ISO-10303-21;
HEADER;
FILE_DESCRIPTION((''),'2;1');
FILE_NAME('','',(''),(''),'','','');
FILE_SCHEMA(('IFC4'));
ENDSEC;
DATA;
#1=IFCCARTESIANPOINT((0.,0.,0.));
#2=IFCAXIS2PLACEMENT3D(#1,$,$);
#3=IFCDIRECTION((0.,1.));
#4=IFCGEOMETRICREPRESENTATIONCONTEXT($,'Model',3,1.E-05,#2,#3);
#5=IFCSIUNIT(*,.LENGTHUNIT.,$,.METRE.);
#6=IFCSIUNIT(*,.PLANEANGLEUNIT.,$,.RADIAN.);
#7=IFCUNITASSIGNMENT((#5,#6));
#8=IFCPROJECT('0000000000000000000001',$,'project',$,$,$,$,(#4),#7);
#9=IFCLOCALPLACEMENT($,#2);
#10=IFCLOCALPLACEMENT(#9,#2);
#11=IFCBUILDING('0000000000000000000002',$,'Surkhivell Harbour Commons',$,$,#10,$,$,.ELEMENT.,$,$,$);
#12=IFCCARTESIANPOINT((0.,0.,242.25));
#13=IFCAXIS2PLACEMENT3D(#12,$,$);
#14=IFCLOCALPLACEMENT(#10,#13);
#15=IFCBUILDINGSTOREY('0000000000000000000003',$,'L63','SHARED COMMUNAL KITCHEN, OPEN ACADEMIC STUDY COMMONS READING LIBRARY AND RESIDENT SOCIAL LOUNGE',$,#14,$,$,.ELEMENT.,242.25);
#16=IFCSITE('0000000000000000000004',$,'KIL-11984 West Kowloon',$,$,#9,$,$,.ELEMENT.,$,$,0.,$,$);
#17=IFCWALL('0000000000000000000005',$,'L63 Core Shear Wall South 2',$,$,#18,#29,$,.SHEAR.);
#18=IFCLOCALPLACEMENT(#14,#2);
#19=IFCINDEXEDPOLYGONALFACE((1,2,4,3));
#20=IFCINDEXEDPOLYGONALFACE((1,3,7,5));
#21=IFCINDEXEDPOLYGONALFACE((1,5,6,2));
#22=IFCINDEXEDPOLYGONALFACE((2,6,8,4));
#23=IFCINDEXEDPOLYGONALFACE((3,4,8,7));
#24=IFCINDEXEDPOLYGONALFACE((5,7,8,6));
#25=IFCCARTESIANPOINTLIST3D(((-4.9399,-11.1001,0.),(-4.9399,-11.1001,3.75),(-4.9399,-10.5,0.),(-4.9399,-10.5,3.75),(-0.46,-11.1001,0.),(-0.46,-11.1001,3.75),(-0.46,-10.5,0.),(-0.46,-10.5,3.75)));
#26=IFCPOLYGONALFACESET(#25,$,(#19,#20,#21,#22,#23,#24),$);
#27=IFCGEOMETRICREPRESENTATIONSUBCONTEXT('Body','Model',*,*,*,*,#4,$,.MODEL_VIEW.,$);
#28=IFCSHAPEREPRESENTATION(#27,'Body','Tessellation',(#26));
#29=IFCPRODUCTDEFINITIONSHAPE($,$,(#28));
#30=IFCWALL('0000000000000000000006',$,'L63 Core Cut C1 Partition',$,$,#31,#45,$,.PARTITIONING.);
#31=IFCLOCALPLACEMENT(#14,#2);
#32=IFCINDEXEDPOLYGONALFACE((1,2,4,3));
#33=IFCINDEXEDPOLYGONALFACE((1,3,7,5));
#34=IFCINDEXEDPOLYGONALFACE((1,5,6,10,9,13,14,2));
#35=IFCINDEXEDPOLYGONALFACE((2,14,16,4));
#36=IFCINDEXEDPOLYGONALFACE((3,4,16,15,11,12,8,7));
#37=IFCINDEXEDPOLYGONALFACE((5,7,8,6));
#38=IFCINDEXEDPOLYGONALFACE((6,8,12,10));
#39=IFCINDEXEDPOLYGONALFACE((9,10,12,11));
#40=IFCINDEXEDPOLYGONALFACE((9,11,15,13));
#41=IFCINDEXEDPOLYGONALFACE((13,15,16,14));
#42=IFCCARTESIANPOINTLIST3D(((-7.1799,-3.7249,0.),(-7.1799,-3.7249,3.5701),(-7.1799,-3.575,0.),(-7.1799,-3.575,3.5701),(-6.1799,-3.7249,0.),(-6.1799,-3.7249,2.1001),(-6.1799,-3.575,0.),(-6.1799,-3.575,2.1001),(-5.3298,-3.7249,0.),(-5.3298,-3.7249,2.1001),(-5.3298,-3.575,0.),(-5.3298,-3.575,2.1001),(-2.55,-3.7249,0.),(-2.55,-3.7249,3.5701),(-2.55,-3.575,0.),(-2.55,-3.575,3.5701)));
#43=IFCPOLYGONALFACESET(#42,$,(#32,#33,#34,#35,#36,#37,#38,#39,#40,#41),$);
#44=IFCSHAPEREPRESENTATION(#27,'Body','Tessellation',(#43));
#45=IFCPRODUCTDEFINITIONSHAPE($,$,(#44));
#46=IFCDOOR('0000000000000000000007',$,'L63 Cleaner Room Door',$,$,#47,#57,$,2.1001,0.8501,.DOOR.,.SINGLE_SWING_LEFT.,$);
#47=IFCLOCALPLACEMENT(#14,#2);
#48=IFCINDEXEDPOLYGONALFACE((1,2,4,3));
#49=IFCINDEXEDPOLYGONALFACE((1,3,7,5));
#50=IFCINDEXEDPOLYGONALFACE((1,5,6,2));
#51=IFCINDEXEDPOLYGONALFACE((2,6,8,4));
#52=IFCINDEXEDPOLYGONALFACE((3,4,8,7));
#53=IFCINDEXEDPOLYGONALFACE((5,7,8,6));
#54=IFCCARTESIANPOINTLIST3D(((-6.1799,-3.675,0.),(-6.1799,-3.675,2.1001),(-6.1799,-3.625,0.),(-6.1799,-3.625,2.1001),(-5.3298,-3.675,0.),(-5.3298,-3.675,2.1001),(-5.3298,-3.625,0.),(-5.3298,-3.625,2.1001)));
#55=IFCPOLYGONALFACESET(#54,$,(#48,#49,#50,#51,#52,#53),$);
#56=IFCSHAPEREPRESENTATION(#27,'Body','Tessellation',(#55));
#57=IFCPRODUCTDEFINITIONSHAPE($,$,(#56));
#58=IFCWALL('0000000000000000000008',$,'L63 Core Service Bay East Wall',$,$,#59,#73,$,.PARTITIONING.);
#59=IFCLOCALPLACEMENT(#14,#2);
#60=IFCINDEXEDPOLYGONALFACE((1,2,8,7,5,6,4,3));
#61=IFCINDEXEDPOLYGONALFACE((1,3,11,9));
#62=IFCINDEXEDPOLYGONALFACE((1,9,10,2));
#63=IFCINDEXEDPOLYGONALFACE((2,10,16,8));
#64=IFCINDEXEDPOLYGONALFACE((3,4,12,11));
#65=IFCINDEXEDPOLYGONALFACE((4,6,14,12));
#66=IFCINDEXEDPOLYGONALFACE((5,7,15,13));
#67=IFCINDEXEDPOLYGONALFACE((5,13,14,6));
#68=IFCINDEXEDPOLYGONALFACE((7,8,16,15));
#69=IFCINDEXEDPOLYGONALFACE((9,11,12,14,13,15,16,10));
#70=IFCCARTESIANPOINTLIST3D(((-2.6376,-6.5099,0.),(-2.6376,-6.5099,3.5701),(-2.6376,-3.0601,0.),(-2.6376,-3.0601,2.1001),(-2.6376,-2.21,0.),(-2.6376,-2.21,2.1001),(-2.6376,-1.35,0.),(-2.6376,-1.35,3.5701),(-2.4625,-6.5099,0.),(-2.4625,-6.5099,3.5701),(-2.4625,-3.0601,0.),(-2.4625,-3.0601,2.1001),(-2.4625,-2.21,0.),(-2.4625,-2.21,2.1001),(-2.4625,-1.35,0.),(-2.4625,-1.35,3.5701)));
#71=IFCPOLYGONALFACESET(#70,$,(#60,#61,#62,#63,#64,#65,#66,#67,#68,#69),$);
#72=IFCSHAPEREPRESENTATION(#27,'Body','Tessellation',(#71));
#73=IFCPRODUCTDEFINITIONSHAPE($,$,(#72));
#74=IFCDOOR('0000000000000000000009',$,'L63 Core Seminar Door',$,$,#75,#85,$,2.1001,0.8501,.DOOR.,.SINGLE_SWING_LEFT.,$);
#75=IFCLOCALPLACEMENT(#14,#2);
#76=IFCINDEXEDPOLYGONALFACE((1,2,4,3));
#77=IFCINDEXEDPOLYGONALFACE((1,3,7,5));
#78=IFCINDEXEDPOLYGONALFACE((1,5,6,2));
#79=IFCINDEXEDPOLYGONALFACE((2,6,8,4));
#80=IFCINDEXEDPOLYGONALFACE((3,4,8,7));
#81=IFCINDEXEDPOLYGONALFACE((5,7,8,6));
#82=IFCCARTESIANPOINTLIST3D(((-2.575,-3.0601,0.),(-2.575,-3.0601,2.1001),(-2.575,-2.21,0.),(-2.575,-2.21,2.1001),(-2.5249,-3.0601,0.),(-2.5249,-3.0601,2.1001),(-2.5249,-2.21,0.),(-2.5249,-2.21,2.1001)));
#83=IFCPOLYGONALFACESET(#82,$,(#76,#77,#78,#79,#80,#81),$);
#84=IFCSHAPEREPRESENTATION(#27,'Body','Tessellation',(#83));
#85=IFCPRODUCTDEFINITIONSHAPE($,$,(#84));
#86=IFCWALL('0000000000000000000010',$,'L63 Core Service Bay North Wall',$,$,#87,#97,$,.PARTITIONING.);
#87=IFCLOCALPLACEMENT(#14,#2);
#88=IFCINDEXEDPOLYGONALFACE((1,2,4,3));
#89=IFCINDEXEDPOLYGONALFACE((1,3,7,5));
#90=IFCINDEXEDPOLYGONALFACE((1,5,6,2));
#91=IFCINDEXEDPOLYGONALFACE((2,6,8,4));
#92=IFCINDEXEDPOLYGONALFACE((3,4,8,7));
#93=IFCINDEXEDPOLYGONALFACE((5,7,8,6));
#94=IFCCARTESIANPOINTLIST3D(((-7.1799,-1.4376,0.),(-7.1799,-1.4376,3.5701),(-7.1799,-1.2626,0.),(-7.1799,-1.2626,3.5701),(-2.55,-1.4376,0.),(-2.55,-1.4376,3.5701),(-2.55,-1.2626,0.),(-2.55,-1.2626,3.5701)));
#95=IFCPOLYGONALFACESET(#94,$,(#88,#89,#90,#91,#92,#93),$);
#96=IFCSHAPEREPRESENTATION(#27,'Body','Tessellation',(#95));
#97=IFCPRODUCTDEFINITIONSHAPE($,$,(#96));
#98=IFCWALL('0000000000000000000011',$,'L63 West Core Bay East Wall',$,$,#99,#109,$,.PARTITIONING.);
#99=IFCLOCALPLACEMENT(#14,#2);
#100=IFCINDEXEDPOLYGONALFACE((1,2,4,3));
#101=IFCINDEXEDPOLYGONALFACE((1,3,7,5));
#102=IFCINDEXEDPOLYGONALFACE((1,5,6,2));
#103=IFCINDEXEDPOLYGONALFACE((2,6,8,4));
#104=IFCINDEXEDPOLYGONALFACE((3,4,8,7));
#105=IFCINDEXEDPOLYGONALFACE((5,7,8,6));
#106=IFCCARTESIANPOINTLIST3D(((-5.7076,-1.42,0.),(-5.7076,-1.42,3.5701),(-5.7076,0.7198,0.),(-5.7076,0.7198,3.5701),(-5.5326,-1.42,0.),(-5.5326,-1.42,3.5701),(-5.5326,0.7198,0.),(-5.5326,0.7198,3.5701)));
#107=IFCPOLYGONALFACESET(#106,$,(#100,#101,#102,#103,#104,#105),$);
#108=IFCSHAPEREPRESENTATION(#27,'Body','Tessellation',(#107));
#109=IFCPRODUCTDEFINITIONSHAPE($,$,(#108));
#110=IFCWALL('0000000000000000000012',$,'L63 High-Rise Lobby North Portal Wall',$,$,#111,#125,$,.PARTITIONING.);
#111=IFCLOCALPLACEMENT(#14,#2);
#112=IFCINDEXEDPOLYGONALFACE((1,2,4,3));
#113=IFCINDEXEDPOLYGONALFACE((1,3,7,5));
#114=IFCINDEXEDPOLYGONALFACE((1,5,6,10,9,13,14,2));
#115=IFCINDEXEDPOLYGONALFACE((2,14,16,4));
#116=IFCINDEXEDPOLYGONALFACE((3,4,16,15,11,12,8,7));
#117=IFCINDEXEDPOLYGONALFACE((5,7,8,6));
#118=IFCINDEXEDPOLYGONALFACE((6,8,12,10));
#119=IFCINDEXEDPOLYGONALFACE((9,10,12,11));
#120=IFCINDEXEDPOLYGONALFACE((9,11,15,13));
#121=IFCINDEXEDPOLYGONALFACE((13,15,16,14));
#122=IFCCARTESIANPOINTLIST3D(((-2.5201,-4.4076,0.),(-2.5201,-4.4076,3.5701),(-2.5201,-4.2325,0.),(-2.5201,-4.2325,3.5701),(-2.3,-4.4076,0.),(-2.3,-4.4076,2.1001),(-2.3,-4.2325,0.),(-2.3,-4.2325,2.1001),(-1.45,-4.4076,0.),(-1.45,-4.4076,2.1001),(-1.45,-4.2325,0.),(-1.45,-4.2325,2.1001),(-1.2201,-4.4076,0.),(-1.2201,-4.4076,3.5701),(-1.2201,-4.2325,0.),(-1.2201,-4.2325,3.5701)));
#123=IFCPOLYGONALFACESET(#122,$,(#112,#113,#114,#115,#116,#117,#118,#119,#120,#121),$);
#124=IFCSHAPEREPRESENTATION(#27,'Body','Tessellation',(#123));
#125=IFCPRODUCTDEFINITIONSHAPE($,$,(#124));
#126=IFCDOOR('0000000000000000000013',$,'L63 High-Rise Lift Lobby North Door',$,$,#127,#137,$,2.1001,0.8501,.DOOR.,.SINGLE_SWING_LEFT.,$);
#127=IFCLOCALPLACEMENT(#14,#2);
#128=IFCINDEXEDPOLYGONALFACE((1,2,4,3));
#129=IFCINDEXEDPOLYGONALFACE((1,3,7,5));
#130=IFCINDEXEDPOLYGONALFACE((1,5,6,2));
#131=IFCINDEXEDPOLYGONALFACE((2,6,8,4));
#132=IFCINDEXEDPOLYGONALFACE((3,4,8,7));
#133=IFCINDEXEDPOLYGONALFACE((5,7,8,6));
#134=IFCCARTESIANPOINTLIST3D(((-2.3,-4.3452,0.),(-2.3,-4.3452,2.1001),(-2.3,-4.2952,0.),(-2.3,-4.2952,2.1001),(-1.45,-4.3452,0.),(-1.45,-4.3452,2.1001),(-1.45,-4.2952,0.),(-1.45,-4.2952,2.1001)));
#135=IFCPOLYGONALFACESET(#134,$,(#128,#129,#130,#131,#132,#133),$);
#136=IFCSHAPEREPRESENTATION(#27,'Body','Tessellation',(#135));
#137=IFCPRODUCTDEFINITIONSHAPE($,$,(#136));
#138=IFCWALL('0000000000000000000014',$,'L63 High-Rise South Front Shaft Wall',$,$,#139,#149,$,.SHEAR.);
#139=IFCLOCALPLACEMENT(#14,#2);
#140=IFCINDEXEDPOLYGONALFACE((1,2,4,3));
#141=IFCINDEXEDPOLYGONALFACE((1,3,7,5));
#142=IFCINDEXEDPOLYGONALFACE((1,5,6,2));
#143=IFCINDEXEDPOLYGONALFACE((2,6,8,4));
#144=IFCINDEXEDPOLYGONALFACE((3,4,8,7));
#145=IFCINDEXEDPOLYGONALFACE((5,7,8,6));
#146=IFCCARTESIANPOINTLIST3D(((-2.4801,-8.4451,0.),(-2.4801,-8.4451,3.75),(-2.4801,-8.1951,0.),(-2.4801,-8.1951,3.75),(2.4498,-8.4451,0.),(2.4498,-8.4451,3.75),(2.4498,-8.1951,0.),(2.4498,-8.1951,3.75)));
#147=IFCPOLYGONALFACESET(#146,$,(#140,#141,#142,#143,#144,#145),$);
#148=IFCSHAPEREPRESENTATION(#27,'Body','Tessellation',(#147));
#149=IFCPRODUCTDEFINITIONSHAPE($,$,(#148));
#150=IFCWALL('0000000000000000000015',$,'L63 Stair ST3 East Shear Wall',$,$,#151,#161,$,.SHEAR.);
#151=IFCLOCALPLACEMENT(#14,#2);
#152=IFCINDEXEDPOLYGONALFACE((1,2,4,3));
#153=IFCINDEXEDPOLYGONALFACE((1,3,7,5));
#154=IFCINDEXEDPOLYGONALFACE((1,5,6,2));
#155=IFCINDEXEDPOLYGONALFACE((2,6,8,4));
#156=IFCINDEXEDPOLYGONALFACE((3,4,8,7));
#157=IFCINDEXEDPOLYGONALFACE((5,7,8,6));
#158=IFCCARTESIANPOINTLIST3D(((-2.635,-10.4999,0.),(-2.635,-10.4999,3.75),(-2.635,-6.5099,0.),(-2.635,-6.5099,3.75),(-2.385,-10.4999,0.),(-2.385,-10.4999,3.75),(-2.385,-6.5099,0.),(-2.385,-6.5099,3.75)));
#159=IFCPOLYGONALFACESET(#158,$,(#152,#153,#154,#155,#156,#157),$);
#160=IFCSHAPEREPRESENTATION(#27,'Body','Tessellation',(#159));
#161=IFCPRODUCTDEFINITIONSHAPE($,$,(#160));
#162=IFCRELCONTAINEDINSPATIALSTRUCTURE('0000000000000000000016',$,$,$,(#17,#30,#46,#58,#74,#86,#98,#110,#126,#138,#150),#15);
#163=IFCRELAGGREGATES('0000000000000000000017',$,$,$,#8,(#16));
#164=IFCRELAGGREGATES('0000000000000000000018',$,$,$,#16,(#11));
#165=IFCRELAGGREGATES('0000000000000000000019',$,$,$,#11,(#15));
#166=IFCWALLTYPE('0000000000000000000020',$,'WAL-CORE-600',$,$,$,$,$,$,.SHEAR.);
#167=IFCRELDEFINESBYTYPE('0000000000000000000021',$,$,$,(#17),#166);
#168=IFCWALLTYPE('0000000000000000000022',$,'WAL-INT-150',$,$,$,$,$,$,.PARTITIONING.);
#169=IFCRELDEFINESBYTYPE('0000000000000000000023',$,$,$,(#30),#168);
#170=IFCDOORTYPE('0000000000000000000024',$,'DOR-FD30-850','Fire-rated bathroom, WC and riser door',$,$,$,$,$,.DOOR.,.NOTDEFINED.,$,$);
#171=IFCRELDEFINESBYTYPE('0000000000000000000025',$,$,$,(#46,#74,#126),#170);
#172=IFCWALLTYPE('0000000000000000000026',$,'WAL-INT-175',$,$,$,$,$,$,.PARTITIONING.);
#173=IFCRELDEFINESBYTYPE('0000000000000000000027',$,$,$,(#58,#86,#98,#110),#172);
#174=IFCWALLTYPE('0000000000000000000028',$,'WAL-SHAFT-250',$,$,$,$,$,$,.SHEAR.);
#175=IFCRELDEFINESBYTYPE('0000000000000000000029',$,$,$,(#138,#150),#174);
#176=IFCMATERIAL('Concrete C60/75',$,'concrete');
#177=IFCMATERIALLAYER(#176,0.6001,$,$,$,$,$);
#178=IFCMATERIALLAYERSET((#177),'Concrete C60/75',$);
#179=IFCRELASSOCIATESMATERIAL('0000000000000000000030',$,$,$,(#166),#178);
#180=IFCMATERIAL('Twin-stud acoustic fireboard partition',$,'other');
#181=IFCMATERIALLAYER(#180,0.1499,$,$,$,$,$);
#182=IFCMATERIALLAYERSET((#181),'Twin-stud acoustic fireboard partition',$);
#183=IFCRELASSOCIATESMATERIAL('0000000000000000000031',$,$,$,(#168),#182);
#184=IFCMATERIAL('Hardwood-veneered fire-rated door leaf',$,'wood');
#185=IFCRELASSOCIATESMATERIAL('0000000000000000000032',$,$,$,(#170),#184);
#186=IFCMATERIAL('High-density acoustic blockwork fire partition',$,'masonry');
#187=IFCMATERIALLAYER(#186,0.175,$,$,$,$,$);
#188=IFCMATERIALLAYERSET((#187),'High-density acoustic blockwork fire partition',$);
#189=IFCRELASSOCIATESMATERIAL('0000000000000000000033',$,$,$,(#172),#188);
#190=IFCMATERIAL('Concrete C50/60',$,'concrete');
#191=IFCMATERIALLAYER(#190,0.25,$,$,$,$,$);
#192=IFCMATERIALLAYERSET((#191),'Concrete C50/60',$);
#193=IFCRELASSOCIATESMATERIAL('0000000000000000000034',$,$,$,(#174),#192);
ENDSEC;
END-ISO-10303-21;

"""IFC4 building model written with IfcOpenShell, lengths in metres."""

from ifc_helpers import new_model, si_unit, direction, frame, frame_2d, origin, place, context, subcontext, project, spatial, rectangle, extrude, material, layer, layer_set, type_object, element, fill, save


model = new_model("IFC4")

# Units and contexts
model_context = context("Model", 3, precision=1e-05, world=origin(), true_north=direction((0.0, 1.0)))
body_context = subcontext(model_context, "Body", "Model", "MODEL_VIEW")
ifc_project = project(units=[si_unit("LENGTHUNIT", "METRE"), si_unit("PLANEANGLEUNIT", "RADIAN")], contexts=[model_context])

# Site, building, storey
site_placement = place(None, origin())
site = spatial("IfcSite", under=ifc_project, at=site_placement, Name="KIL-11984 West Kowloon", CompositionType="ELEMENT", RefElevation=0.0)
building_placement = place(site_placement, origin())
building = spatial("IfcBuilding", under=site, at=building_placement, Name="Surkhivell Harbour Commons", CompositionType="ELEMENT")
storey_placement = place(building_placement, frame((0.0, 0.0, 242.25)))
storey = spatial("IfcBuildingStorey", under=building, at=storey_placement, Name="L63", Description="SHARED COMMUNAL KITCHEN, OPEN ACADEMIC STUDY COMMONS READING LIBRARY AND RESIDENT SOCIAL LOUNGE", CompositionType="ELEMENT", Elevation=242.25)

# Wall
ifc_material_1 = material(Name="Concrete C60/75", Category="concrete")
ifc_layer_1 = layer(ifc_material_1, 0.6001)
ifc_layer_set_1 = layer_set([ifc_layer_1], Name="Concrete C60/75")
wall_type_1 = type_object("IfcWallType", Name="WAL-CORE-600", PredefinedType="SHEAR", material=ifc_layer_set_1)
wall_1_placement = place(storey_placement, frame((-4.9399, -10.8, 0.0), z_axis=(0.0, 0.0, 1.0), x_axis=(1.0, 0.0, 0.0)))
element("IfcWall", 1, at=wall_1_placement, inside=storey, type_object=wall_type_1, Name="L63 Core Shear Wall South 2", PredefinedType="SHEAR", context=body_context, shape_type="SweptSolid", body=[
    extrude(rectangle(XDim=4.48, YDim=0.6001, at=frame_2d((2.24, 0.0))), origin(), (0.0, 0.0, 1.0), 3.75),
])

# Walls, openings, doors
ifc_material_2 = material(Name="Twin-stud acoustic fireboard partition", Category="other")
ifc_layer_2 = layer(ifc_material_2, 0.1499)
ifc_layer_set_2 = layer_set([ifc_layer_2], Name="Twin-stud acoustic fireboard partition")
wall_type_2 = type_object("IfcWallType", Name="WAL-INT-150", PredefinedType="PARTITIONING", material=ifc_layer_set_2)
wall_2_placement = place(storey_placement, frame((-7.1799, -3.6499, 0.0), z_axis=(0.0, 0.0, 1.0), x_axis=(1.0, 0.0, 0.0)))
wall_2 = element("IfcWall", 2, at=wall_2_placement, inside=storey, type_object=wall_type_2, Name="L63 Core Cut C1 Partition", PredefinedType="PARTITIONING", context=body_context, shape_type="SweptSolid", body=[
    extrude(rectangle(XDim=4.6299, YDim=0.1499, at=frame_2d((2.3149, 0.0))), origin(), (0.0, 0.0, 1.0), 3.5701),
])
opening_1_placement = place(wall_2_placement, frame((1.0, 0.0, 0.0)))
opening_1 = element("IfcOpeningElement", 3, at=opening_1_placement, cuts=wall_2, PredefinedType="OPENING", context=body_context, shape_type="SweptSolid", body=[
    extrude(rectangle(XDim=0.8501, YDim=2.1001, at=frame_2d((0.425, 1.05))), frame((0.0, 0.085, 0.0), z_axis=(0.0, -1.0, 0.0), x_axis=(1.0, 0.0, 0.0)), (0.0, 0.0, 1.0), 0.1699),
])
ifc_material_3 = material(Name="Hardwood-veneered fire-rated door leaf", Category="wood")
door_type = type_object("IfcDoorType", Name="DOR-FD30-850", Description="Fire-rated bathroom, WC and riser door", OperationType="NOTDEFINED", PredefinedType="DOOR", material=ifc_material_3)
door_1_placement = place(opening_1_placement, origin())
door_1 = element("IfcDoor", 4, at=door_1_placement, inside=storey, type_object=door_type, Name="L63 Cleaner Room Door", OperationType="SINGLE_SWING_LEFT", OverallHeight=2.1001, OverallWidth=0.8501, PredefinedType="DOOR", context=body_context, shape_type="SweptSolid", body=[
    extrude(rectangle(XDim=0.8501, YDim=2.1001, at=frame_2d((0.425, 1.05))), frame((0.0, 0.0249, 0.0), z_axis=(0.0, -1.0, 0.0), x_axis=(1.0, 0.0, 0.0)), (0.0, 0.0, 1.0), 0.05),
])
fill(opening_1, door_1)
ifc_material_4 = material(Name="High-density acoustic blockwork fire partition", Category="masonry")
ifc_layer_3 = layer(ifc_material_4, 0.175)
ifc_layer_set_3 = layer_set([ifc_layer_3], Name="High-density acoustic blockwork fire partition")
wall_type_3 = type_object("IfcWallType", Name="WAL-INT-175", PredefinedType="PARTITIONING", material=ifc_layer_set_3)
wall_3_placement = place(storey_placement, frame((-2.55, -6.51, 0.0), z_axis=(0.0, 0.0, 1.0), x_axis=(0.0, 1.0, 0.0)))
wall_3 = element("IfcWall", 5, at=wall_3_placement, inside=storey, type_object=wall_type_3, Name="L63 Core Service Bay East Wall", PredefinedType="PARTITIONING", context=body_context, shape_type="SweptSolid", body=[
    extrude(rectangle(XDim=5.1599, YDim=0.175, at=frame_2d((2.5801, 0.0))), origin(), (0.0, 0.0, 1.0), 3.5701),
])
opening_2_placement = place(wall_3_placement, frame((3.45, 0.0, 0.0)))
opening_2 = element("IfcOpeningElement", 6, at=opening_2_placement, cuts=wall_3, PredefinedType="OPENING", context=body_context, shape_type="SweptSolid", body=[
    extrude(rectangle(XDim=0.8501, YDim=2.1001, at=frame_2d((0.425, 1.05))), frame((0.0, 0.0974, 0.0), z_axis=(0.0, -1.0, 0.0), x_axis=(1.0, 0.0, 0.0)), (0.0, 0.0, 1.0), 0.1951),
])
door_2_placement = place(opening_2_placement, origin())
door_2 = element("IfcDoor", 7, at=door_2_placement, inside=storey, type_object=door_type, Name="L63 Core Seminar Door", OperationType="SINGLE_SWING_LEFT", OverallHeight=2.1001, OverallWidth=0.8501, PredefinedType="DOOR", context=body_context, shape_type="SweptSolid", body=[
    extrude(rectangle(XDim=0.8501, YDim=2.1001, at=frame_2d((0.425, 1.05))), frame((0.0, 0.0249, 0.0), z_axis=(0.0, -1.0, 0.0), x_axis=(1.0, 0.0, 0.0)), (0.0, 0.0, 1.0), 0.05),
])
fill(opening_2, door_2)

# Walls
wall_4_placement = place(storey_placement, frame((-7.1799, -1.3501, 0.0), z_axis=(0.0, 0.0, 1.0), x_axis=(1.0, 0.0, 0.0)))
element("IfcWall", 8, at=wall_4_placement, inside=storey, type_object=wall_type_3, Name="L63 Core Service Bay North Wall", PredefinedType="PARTITIONING", context=body_context, shape_type="SweptSolid", body=[
    extrude(rectangle(XDim=4.6299, YDim=0.175, at=frame_2d((2.3149, 0.0))), origin(), (0.0, 0.0, 1.0), 3.5701),
])
wall_5_placement = place(storey_placement, frame((-5.6201, -1.4199, 0.0), z_axis=(0.0, 0.0, 1.0), x_axis=(0.0, 1.0, 0.0)))
element("IfcWall", 9, at=wall_5_placement, inside=storey, type_object=wall_type_3, Name="L63 West Core Bay East Wall", PredefinedType="PARTITIONING", context=body_context, shape_type="SweptSolid", body=[
    extrude(rectangle(XDim=2.1399, YDim=0.175, at=frame_2d((1.0698, 0.0))), origin(), (0.0, 0.0, 1.0), 3.5701),
])

# Wall, opening, door
wall_6_placement = place(storey_placement, frame((-2.52, -4.3201, 0.0), z_axis=(0.0, 0.0, 1.0), x_axis=(1.0, 0.0, 0.0)))
wall_6 = element("IfcWall", 10, at=wall_6_placement, inside=storey, type_object=wall_type_3, Name="L63 High-Rise Lobby North Portal Wall", PredefinedType="PARTITIONING", context=body_context, shape_type="SweptSolid", body=[
    extrude(rectangle(XDim=1.3, YDim=0.175, at=frame_2d((0.6499, 0.0))), origin(), (0.0, 0.0, 1.0), 3.5701),
])
opening_3_placement = place(wall_6_placement, frame((0.22, 0.0, 0.0)))
opening_3 = element("IfcOpeningElement", 11, at=opening_3_placement, cuts=wall_6, PredefinedType="OPENING", context=body_context, shape_type="SweptSolid", body=[
    extrude(rectangle(XDim=0.8501, YDim=2.1001, at=frame_2d((0.425, 1.05))), frame((0.0, 0.0974, 0.0), z_axis=(0.0, -1.0, 0.0), x_axis=(1.0, 0.0, 0.0)), (0.0, 0.0, 1.0), 0.1951),
])
door_3_placement = place(opening_3_placement, origin())
door_3 = element("IfcDoor", 12, at=door_3_placement, inside=storey, type_object=door_type, Name="L63 High-Rise Lift Lobby North Door", OperationType="SINGLE_SWING_LEFT", OverallHeight=2.1001, OverallWidth=0.8501, PredefinedType="DOOR", context=body_context, shape_type="SweptSolid", body=[
    extrude(rectangle(XDim=0.8501, YDim=2.1001, at=frame_2d((0.425, 1.05))), frame((0.0, 0.0249, 0.0), z_axis=(0.0, -1.0, 0.0), x_axis=(1.0, 0.0, 0.0)), (0.0, 0.0, 1.0), 0.05),
])
fill(opening_3, door_3)

# Walls
ifc_material_5 = material(Name="Concrete C50/60", Category="concrete")
ifc_layer_4 = layer(ifc_material_5, 0.25)
ifc_layer_set_4 = layer_set([ifc_layer_4], Name="Concrete C50/60")
wall_type_4 = type_object("IfcWallType", Name="WAL-SHAFT-250", PredefinedType="SHEAR", material=ifc_layer_set_4)
wall_7_placement = place(storey_placement, frame((-2.48, -8.3201, 0.0), z_axis=(0.0, 0.0, 1.0), x_axis=(1.0, 0.0, 0.0)))
element("IfcWall", 13, at=wall_7_placement, inside=storey, type_object=wall_type_4, Name="L63 High-Rise South Front Shaft Wall", PredefinedType="SHEAR", context=body_context, shape_type="SweptSolid", body=[
    extrude(rectangle(XDim=4.9299, YDim=0.25, at=frame_2d((2.4648, 0.0))), origin(), (0.0, 0.0, 1.0), 3.75),
])
wall_8_placement = place(storey_placement, frame((-2.51, -10.5, 0.0), z_axis=(0.0, 0.0, 1.0), x_axis=(0.0, 1.0, 0.0)))
element("IfcWall", 14, at=wall_8_placement, inside=storey, type_object=wall_type_4, Name="L63 Stair ST3 East Shear Wall", PredefinedType="SHEAR", context=body_context, shape_type="SweptSolid", body=[
    extrude(rectangle(XDim=3.99, YDim=0.25, at=frame_2d((1.9951, 0.0))), origin(), (0.0, 0.0, 1.0), 3.75),
])

save(model, "model.ifc")
